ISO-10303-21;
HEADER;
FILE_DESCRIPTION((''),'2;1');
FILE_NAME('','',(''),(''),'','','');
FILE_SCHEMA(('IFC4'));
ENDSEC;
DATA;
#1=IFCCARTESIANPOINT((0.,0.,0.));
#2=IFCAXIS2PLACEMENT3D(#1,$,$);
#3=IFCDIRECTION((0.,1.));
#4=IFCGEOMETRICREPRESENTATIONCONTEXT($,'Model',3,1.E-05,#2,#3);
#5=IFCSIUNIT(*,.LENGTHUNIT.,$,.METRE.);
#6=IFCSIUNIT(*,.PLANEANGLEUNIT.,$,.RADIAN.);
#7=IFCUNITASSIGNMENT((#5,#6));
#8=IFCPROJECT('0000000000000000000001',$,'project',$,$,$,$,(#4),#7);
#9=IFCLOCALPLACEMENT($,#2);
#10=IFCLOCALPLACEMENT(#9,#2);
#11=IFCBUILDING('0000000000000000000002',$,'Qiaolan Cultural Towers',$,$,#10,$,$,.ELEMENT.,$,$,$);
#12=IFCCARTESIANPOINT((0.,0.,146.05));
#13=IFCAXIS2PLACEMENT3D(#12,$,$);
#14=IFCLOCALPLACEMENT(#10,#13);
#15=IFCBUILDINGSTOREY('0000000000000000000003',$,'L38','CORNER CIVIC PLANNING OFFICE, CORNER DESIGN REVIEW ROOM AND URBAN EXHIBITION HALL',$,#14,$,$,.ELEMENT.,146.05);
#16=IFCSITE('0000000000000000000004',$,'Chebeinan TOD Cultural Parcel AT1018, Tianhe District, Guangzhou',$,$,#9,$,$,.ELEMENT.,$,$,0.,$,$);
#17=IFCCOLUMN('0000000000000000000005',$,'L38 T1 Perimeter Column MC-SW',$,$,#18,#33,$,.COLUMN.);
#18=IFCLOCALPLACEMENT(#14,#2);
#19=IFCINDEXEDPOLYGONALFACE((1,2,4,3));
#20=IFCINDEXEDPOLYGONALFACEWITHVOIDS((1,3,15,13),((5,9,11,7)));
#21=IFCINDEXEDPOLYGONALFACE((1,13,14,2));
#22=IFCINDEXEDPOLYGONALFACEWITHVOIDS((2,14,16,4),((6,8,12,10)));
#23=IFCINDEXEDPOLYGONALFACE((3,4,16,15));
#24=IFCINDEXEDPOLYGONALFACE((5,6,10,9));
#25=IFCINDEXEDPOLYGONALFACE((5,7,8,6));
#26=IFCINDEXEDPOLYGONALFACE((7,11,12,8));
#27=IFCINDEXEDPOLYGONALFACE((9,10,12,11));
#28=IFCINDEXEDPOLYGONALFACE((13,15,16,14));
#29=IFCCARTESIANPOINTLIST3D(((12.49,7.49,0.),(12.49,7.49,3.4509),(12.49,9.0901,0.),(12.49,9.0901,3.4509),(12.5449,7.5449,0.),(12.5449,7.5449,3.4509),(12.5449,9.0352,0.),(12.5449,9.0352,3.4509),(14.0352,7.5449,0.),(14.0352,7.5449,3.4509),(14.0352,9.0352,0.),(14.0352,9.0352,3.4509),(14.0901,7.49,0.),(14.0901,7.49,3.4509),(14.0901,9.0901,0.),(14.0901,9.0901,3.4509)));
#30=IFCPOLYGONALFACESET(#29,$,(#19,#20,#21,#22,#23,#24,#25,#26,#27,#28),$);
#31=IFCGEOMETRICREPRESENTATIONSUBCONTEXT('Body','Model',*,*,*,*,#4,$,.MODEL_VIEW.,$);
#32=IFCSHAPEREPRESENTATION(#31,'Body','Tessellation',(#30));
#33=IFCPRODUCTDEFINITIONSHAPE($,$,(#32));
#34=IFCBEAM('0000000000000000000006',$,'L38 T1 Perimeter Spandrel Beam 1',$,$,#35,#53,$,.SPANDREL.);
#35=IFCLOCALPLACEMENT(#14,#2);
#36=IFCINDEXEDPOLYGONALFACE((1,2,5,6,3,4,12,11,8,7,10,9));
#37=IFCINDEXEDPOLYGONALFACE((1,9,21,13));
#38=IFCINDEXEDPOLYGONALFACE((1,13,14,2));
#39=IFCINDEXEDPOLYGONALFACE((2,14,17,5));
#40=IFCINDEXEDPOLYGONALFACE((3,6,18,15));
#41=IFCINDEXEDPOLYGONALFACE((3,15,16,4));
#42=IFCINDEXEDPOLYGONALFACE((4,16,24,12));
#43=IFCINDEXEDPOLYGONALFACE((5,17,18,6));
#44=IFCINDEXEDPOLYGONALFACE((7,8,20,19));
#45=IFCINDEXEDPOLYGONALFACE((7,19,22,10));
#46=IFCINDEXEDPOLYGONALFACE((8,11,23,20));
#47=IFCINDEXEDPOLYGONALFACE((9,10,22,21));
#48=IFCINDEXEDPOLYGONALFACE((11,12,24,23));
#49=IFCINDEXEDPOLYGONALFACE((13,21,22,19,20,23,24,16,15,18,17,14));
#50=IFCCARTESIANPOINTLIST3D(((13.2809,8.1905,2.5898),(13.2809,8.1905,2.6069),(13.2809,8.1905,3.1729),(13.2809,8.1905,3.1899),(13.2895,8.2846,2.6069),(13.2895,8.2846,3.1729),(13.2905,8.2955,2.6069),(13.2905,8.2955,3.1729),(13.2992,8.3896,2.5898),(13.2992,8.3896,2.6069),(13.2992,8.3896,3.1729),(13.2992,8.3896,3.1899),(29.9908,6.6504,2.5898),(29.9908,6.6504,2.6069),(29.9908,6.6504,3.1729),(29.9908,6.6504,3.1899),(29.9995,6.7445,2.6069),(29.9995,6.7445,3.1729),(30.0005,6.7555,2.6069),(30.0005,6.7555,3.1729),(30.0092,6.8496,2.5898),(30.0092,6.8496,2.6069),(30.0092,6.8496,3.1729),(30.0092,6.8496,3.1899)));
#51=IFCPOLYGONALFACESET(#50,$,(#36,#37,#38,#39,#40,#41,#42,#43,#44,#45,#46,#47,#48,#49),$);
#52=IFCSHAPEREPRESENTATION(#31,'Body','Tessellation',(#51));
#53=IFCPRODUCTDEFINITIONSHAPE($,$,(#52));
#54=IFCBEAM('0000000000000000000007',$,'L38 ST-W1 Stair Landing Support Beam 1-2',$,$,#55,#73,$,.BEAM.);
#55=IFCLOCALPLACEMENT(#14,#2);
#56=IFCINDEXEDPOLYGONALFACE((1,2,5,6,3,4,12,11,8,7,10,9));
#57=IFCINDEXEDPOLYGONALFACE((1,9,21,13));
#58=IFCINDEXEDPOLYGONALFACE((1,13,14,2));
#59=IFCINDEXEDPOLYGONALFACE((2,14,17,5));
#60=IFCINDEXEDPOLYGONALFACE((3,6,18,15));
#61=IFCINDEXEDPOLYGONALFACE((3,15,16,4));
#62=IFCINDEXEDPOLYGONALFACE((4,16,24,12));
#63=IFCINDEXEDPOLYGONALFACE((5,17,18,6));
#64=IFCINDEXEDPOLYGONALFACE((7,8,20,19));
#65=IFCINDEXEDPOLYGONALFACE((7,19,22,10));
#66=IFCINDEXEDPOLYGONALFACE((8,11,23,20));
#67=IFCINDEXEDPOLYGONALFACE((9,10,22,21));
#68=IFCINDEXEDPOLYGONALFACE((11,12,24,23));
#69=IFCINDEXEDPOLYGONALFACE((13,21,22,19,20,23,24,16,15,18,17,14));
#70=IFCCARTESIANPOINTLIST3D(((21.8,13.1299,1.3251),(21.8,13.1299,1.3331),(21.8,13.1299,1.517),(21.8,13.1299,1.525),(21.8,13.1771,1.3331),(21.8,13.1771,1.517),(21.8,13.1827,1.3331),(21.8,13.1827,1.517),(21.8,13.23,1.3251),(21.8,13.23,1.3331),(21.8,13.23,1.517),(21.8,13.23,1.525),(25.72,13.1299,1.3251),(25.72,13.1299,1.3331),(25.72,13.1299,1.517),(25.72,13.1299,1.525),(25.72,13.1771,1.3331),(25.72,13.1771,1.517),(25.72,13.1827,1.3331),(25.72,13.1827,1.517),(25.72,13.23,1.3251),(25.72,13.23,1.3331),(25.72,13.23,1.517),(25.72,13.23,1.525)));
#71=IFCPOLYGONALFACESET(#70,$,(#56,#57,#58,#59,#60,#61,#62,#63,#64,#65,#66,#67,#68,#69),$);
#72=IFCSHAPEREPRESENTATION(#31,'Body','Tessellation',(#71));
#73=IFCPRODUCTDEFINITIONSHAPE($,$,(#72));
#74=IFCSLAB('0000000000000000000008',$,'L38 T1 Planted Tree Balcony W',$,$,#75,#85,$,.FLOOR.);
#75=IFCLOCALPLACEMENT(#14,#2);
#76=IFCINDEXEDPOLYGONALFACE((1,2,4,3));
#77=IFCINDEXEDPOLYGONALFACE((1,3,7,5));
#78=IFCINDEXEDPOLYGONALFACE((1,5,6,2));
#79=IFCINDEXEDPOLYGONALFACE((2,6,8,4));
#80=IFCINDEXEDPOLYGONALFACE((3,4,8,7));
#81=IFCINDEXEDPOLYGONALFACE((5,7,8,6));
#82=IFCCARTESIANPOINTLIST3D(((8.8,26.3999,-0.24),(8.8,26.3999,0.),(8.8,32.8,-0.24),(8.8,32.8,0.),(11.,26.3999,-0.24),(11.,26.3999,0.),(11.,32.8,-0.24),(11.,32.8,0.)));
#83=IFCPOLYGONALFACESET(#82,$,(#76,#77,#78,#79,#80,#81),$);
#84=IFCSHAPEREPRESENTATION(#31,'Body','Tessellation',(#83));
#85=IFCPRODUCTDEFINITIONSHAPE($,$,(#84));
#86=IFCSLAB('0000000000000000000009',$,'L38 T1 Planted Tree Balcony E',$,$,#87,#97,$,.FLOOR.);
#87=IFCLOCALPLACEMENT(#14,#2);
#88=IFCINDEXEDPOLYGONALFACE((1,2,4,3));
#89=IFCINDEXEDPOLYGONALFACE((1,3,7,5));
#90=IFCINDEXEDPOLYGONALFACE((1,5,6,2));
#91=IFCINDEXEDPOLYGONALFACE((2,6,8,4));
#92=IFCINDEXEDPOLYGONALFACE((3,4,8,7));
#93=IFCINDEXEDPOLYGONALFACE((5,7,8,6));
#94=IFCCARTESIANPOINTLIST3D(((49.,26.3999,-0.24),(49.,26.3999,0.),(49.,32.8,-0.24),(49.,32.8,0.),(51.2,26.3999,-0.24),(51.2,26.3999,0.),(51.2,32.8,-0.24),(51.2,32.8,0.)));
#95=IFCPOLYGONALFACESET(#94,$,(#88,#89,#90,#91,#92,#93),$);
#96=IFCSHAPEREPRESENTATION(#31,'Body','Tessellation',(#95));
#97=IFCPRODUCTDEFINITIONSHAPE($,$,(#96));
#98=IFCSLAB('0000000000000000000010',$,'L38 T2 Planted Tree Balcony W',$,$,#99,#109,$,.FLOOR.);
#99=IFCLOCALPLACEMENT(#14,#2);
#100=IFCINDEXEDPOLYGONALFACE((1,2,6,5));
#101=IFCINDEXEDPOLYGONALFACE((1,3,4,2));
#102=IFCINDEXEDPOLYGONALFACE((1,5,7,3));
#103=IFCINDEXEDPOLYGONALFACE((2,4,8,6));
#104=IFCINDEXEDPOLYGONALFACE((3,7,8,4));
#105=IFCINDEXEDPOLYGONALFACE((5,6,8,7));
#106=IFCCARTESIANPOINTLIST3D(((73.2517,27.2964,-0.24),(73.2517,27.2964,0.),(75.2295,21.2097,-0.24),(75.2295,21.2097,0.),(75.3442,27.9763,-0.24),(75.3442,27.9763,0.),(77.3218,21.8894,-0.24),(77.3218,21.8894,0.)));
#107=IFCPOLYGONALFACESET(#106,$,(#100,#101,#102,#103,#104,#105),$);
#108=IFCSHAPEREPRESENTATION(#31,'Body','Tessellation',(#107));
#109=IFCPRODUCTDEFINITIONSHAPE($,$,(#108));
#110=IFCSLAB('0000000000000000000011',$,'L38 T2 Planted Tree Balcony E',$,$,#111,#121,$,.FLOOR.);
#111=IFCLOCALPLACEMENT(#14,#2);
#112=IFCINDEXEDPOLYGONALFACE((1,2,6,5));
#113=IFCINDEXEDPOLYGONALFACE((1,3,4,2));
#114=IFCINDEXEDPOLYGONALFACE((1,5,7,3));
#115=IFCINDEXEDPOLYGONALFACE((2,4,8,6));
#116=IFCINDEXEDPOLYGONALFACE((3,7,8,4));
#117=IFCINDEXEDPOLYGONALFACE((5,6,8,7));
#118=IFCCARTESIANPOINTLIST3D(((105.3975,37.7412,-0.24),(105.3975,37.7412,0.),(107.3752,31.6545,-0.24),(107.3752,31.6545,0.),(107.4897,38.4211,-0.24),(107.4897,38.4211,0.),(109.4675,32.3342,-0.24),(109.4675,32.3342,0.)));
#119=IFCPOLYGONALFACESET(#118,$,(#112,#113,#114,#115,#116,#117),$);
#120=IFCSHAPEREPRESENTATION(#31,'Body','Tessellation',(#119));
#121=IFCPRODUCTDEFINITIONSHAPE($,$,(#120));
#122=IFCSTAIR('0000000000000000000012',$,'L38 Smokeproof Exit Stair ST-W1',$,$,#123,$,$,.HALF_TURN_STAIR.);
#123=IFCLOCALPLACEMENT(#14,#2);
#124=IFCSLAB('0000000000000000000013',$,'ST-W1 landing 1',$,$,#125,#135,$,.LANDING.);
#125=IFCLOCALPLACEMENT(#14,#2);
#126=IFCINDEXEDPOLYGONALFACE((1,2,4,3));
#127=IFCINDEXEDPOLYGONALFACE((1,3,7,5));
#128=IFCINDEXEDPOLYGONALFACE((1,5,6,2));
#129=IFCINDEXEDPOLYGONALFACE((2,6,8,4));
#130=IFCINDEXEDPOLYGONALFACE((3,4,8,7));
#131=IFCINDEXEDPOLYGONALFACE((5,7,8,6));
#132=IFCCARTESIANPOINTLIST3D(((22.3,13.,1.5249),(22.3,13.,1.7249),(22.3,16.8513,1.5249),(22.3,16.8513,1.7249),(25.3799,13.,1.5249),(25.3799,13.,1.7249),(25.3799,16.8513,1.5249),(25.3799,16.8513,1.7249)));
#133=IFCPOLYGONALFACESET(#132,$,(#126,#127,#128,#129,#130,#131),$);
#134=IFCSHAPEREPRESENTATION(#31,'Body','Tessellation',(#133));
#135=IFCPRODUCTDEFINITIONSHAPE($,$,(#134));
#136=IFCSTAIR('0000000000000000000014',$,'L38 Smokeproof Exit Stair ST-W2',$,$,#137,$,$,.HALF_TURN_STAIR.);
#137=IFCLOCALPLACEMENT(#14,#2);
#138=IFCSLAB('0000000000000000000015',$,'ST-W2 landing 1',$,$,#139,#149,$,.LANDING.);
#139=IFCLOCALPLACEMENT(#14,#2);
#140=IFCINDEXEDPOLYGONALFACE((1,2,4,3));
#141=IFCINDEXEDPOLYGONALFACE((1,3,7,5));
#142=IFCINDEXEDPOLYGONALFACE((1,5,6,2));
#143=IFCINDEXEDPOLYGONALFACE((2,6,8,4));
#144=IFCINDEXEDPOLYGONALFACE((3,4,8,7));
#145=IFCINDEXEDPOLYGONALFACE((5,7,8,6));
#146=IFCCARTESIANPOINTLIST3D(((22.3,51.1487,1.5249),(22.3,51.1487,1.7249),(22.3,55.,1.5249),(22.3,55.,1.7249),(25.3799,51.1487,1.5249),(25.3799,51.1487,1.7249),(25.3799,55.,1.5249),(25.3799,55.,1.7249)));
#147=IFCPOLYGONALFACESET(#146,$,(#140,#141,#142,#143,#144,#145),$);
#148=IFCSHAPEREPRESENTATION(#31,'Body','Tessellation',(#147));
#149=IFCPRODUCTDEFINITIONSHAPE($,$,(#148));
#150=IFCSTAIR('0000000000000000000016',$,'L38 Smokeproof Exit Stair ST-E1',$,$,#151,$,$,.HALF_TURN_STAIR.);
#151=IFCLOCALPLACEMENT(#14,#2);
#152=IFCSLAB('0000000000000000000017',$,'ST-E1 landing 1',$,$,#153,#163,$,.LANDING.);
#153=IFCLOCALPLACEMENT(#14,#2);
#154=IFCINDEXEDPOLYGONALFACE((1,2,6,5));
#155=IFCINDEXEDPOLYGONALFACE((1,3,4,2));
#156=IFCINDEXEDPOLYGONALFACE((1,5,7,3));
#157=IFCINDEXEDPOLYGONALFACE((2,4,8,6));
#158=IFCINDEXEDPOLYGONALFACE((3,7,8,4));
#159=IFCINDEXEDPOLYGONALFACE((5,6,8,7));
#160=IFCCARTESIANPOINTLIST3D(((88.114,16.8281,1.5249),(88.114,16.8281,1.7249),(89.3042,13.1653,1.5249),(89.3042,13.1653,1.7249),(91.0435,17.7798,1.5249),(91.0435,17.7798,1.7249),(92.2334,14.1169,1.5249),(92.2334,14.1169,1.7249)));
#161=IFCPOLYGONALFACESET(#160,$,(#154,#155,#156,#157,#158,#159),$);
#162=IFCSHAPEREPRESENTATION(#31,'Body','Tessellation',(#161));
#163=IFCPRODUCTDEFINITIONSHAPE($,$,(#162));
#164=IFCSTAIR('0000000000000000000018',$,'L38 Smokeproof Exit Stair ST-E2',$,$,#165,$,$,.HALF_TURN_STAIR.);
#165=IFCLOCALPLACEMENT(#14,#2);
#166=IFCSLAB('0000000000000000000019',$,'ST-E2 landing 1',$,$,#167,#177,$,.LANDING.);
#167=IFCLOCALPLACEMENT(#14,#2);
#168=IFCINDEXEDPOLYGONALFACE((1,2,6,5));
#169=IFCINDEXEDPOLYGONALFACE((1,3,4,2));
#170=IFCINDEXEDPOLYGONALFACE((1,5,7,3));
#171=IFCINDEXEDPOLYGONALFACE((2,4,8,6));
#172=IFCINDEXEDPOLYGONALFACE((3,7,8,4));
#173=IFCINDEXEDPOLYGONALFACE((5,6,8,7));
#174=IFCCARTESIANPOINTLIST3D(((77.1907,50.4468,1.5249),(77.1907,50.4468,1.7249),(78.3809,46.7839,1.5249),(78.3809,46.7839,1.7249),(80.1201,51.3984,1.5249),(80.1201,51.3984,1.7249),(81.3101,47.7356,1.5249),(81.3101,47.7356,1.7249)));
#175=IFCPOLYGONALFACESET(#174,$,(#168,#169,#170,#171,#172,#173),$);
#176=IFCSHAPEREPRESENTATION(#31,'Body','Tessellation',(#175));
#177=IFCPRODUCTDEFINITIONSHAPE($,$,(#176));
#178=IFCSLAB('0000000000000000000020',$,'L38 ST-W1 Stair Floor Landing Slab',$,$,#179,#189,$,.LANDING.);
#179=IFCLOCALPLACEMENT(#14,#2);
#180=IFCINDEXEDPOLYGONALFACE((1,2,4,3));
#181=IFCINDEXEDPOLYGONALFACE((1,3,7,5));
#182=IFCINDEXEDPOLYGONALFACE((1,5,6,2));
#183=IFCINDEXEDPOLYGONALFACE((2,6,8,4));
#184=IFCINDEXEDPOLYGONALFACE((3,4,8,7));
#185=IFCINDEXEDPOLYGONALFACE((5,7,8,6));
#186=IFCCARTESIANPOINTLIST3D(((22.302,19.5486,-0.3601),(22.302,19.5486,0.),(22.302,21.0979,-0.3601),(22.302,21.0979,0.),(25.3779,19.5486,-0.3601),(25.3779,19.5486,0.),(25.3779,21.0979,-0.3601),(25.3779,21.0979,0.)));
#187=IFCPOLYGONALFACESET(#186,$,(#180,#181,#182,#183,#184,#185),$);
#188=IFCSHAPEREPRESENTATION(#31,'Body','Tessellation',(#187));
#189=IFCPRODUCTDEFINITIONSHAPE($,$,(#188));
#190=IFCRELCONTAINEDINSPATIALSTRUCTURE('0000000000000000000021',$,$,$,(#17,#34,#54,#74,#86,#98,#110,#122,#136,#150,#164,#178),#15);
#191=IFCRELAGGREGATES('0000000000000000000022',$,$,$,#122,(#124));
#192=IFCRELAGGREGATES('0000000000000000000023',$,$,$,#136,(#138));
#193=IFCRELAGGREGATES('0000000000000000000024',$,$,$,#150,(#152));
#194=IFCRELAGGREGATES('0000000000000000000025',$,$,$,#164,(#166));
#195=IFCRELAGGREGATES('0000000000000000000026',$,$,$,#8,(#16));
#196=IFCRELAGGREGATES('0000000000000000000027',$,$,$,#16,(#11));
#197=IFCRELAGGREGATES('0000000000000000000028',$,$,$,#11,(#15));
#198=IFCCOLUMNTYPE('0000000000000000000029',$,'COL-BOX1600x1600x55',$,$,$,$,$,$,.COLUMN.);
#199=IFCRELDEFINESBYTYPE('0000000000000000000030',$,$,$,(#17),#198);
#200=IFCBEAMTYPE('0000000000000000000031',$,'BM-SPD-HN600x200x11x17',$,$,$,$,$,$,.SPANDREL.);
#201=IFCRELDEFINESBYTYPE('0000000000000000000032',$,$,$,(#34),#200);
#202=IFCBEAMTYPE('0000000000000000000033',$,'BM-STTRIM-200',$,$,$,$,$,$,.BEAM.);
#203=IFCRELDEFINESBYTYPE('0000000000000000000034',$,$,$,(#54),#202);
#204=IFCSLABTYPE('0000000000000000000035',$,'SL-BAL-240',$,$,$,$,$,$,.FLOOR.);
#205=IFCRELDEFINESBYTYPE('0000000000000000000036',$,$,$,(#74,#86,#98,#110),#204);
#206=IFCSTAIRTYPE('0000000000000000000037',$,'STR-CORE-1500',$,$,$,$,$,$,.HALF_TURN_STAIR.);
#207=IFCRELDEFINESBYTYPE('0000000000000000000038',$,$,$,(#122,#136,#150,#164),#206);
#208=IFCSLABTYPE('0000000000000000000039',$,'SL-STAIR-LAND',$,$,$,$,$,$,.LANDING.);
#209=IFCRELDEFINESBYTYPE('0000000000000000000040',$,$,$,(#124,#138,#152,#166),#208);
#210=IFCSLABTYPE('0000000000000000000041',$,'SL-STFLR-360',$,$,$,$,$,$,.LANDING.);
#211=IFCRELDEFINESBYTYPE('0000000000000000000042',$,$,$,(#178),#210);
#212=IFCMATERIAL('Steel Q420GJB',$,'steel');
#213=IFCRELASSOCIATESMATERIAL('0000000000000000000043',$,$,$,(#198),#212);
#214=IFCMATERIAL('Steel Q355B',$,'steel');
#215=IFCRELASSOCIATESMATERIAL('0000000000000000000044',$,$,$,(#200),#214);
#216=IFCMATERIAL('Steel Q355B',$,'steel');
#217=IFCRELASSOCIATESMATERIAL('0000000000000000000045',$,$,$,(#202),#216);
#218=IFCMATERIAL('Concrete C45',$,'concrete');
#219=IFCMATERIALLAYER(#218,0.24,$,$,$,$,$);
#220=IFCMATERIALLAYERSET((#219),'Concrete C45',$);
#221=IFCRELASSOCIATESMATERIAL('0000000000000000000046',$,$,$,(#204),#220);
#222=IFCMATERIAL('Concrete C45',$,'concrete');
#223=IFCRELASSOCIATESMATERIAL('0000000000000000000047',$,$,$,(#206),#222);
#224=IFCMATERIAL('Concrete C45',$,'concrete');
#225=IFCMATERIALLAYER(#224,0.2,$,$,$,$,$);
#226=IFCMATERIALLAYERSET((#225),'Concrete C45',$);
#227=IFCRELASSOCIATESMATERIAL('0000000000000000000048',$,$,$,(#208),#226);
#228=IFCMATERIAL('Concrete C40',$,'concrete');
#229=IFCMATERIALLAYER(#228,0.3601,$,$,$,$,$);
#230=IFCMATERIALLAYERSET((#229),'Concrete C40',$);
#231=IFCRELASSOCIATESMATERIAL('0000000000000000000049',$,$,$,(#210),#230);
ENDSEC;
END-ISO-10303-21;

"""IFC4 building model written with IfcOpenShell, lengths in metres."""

from ifc_helpers import new_model, si_unit, direction, frame, origin, origin_2d, place, context, subcontext, project, spatial, polyline, hollow_rectangle, i_section, outline, extrude, material, layer, layer_set, material_profile, profile_set, type_object, element, aggregate, save


model = new_model("IFC4")

# Units and contexts
model_context = context("Model", 3, precision=1e-05, world=origin(), true_north=direction((0.0, 1.0)))
body_context = subcontext(model_context, "Body", "Model", "MODEL_VIEW")
ifc_project = project(units=[si_unit("LENGTHUNIT", "METRE"), si_unit("PLANEANGLEUNIT", "RADIAN")], contexts=[model_context])

# Site, building, storey
site_placement = place(None, origin())
site = spatial("IfcSite", under=ifc_project, at=site_placement, Name="Chebeinan TOD Cultural Parcel AT1018, Tianhe District, Guangzhou", CompositionType="ELEMENT", RefElevation=0.0)
building_placement = place(site_placement, origin())
building = spatial("IfcBuilding", under=site, at=building_placement, Name="Qiaolan Cultural Towers", CompositionType="ELEMENT")
storey_placement = place(building_placement, frame((0.0, 0.0, 146.05)))
storey = spatial("IfcBuildingStorey", under=building, at=storey_placement, Name="L38", Description="CORNER CIVIC PLANNING OFFICE, CORNER DESIGN REVIEW ROOM AND URBAN EXHIBITION HALL", CompositionType="ELEMENT", Elevation=146.05)

# Column
ifc_material_1 = material(Name="Steel Q420GJB", Category="steel")
ifc_material_profile_1 = material_profile(ifc_material_1, hollow_rectangle(XDim=1.6001, YDim=1.6001, WallThickness=0.0549, at=origin_2d()), Name="BOX1600x1600x55")
ifc_profile_set_1 = profile_set([ifc_material_profile_1], Name="Steel Q420GJB")
column_type = type_object("IfcColumnType", Name="COL-BOX1600x1600x55", PredefinedType="COLUMN", material=ifc_profile_set_1)
column_placement = place(storey_placement, frame((13.29, 8.29, 0.0), z_axis=(0.0, 0.0, 1.0), x_axis=(1.0, 0.0, 0.0)))
element("IfcColumn", 1, at=column_placement, inside=storey, type_object=column_type, Name="L38 T1 Perimeter Column MC-SW", PredefinedType="COLUMN", context=body_context, shape_type="SweptSolid", body=[
    extrude(hollow_rectangle(XDim=1.6001, YDim=1.6001, WallThickness=0.0549, at=origin_2d()), origin(), (0.0, 0.0, 1.0), 3.4509),
])

# Beams
ifc_material_2 = material(Name="Steel Q355B", Category="steel")
ifc_material_profile_2 = material_profile(ifc_material_2, i_section(OverallWidth=0.2, OverallDepth=0.6001, WebThickness=0.011, FlangeThickness=0.0171, at=origin_2d()), Name="HN600x200x11x17")
ifc_profile_set_2 = profile_set([ifc_material_profile_2], Name="Steel Q355B")
beam_type_1 = type_object("IfcBeamType", Name="BM-SPD-HN600x200x11x17", PredefinedType="SPANDREL", material=ifc_profile_set_2)
beam_1_placement = place(storey_placement, frame((13.29, 8.29, 2.8899), z_axis=(0.99578, -0.091774, 0.0), x_axis=(0.091774, 0.99578, 0.0)))
element("IfcBeam", 2, at=beam_1_placement, inside=storey, type_object=beam_type_1, Name="L38 T1 Perimeter Spandrel Beam 1", PredefinedType="SPANDREL", context=body_context, shape_type="SweptSolid", body=[
    extrude(i_section(OverallWidth=0.2, OverallDepth=0.6001, WebThickness=0.011, FlangeThickness=0.0171, at=origin_2d()), origin(), (0.0, 0.0, 1.0), 16.7808),
])
ifc_material_3 = material(Name="Steel Q355B", Category="steel")
ifc_material_profile_3 = material_profile(ifc_material_3, i_section(OverallWidth=0.1001, OverallDepth=0.2, WebThickness=0.0056, FlangeThickness=0.0081, at=origin_2d()), Name="HN200x100x5.5x8")
ifc_profile_set_3 = profile_set([ifc_material_profile_3], Name="Steel Q355B")
beam_type_2 = type_object("IfcBeamType", Name="BM-STTRIM-200", PredefinedType="BEAM", material=ifc_profile_set_3)
beam_2_placement = place(storey_placement, frame((21.8, 13.1799, 1.425), z_axis=(1.0, 0.0, 0.0), x_axis=(0.0, 1.0, 0.0)))
element("IfcBeam", 3, at=beam_2_placement, inside=storey, type_object=beam_type_2, Name="L38 ST-W1 Stair Landing Support Beam 1-2", PredefinedType="BEAM", context=body_context, shape_type="SweptSolid", body=[
    extrude(i_section(OverallWidth=0.1001, OverallDepth=0.2, WebThickness=0.0056, FlangeThickness=0.0081, at=origin_2d()), origin(), (0.0, 0.0, 1.0), 3.9199),
])

# Slabs
ifc_material_4 = material(Name="Concrete C45", Category="concrete")
ifc_layer_1 = layer(ifc_material_4, 0.24)
ifc_layer_set_1 = layer_set([ifc_layer_1], Name="Concrete C45")
slab_type_1 = type_object("IfcSlabType", Name="SL-BAL-240", PredefinedType="FLOOR", material=ifc_layer_set_1)
slab_1_placement = place(storey_placement, frame((0.0, 0.0, -0.24)))
element("IfcSlab", 4, at=slab_1_placement, inside=storey, type_object=slab_type_1, Name="L38 T1 Planted Tree Balcony W", PredefinedType="FLOOR", context=body_context, shape_type="SweptSolid", body=[
    extrude(outline(polyline([(8.8, 26.3999), (11.0, 26.3999), (11.0, 32.8), (8.8, 32.8), (8.8, 26.3999)])), origin(), (0.0, 0.0, 1.0), 0.24),
])
slab_2_placement = place(storey_placement, frame((0.0, 0.0, -0.24)))
element("IfcSlab", 5, at=slab_2_placement, inside=storey, type_object=slab_type_1, Name="L38 T1 Planted Tree Balcony E", PredefinedType="FLOOR", context=body_context, shape_type="SweptSolid", body=[
    extrude(outline(polyline([(49.0, 26.3999), (51.2, 26.3999), (51.2, 32.8), (49.0, 32.8), (49.0, 26.3999)])), origin(), (0.0, 0.0, 1.0), 0.24),
])
slab_3_placement = place(storey_placement, frame((0.0, 0.0, -0.24)))
element("IfcSlab", 6, at=slab_3_placement, inside=storey, type_object=slab_type_1, Name="L38 T2 Planted Tree Balcony W", PredefinedType="FLOOR", context=body_context, shape_type="SweptSolid", body=[
    extrude(outline(polyline([(75.2295, 21.2097), (77.3218, 21.8894), (75.3442, 27.9763), (73.2517, 27.2964), (75.2295, 21.2097)])), origin(), (0.0, 0.0, 1.0), 0.24),
])
slab_4_placement = place(storey_placement, frame((0.0, 0.0, -0.24)))
element("IfcSlab", 7, at=slab_4_placement, inside=storey, type_object=slab_type_1, Name="L38 T2 Planted Tree Balcony E", PredefinedType="FLOOR", context=body_context, shape_type="SweptSolid", body=[
    extrude(outline(polyline([(107.3752, 31.6545), (109.4675, 32.3342), (107.4897, 38.4211), (105.3975, 37.7412), (107.3752, 31.6545)])), origin(), (0.0, 0.0, 1.0), 0.24),
])

# Stairs, slabs
ifc_material_5 = material(Name="Concrete C45", Category="concrete")
stair_type = type_object("IfcStairType", Name="STR-CORE-1500", PredefinedType="HALF_TURN_STAIR", material=ifc_material_5)
stair_1_placement = place(storey_placement, origin())
stair_1 = element("IfcStair", 8, at=stair_1_placement, inside=storey, type_object=stair_type, Name="L38 Smokeproof Exit Stair ST-W1", PredefinedType="HALF_TURN_STAIR")
ifc_material_6 = material(Name="Concrete C45", Category="concrete")
ifc_layer_2 = layer(ifc_material_6, 0.2)
ifc_layer_set_2 = layer_set([ifc_layer_2], Name="Concrete C45")
slab_type_2 = type_object("IfcSlabType", Name="SL-STAIR-LAND", PredefinedType="LANDING", material=ifc_layer_set_2)
slab_5_placement = place(storey_placement, frame((0.0, 0.0, 1.5249)))
slab_5 = element("IfcSlab", 9, at=slab_5_placement, type_object=slab_type_2, Name="ST-W1 landing 1", PredefinedType="LANDING", context=body_context, shape_type="SweptSolid", body=[
    extrude(outline(polyline([(22.3, 16.8513), (22.3, 13.0), (25.3799, 13.0), (25.3799, 16.8513), (22.3, 16.8513)])), origin(), (0.0, 0.0, 1.0), 0.2),
])
aggregate(stair_1, [slab_5])
stair_2_placement = place(storey_placement, origin())
stair_2 = element("IfcStair", 10, at=stair_2_placement, inside=storey, type_object=stair_type, Name="L38 Smokeproof Exit Stair ST-W2", PredefinedType="HALF_TURN_STAIR")
slab_6_placement = place(storey_placement, frame((0.0, 0.0, 1.5249)))
slab_6 = element("IfcSlab", 11, at=slab_6_placement, type_object=slab_type_2, Name="ST-W2 landing 1", PredefinedType="LANDING", context=body_context, shape_type="SweptSolid", body=[
    extrude(outline(polyline([(25.3799, 51.1487), (25.3799, 55.0), (22.3, 55.0), (22.3, 51.1487), (25.3799, 51.1487)])), origin(), (0.0, 0.0, 1.0), 0.2),
])
aggregate(stair_2, [slab_6])
stair_3_placement = place(storey_placement, origin())
stair_3 = element("IfcStair", 12, at=stair_3_placement, inside=storey, type_object=stair_type, Name="L38 Smokeproof Exit Stair ST-E1", PredefinedType="HALF_TURN_STAIR")
slab_7_placement = place(storey_placement, frame((0.0, 0.0, 1.5249)))
slab_7 = element("IfcSlab", 13, at=slab_7_placement, type_object=slab_type_2, Name="ST-E1 landing 1", PredefinedType="LANDING", context=body_context, shape_type="SweptSolid", body=[
    extrude(outline(polyline([(88.114, 16.8281), (89.3042, 13.1653), (92.2334, 14.1169), (91.0435, 17.7798), (88.114, 16.8281)])), origin(), (0.0, 0.0, 1.0), 0.2),
])
aggregate(stair_3, [slab_7])
stair_4_placement = place(storey_placement, origin())
stair_4 = element("IfcStair", 14, at=stair_4_placement, inside=storey, type_object=stair_type, Name="L38 Smokeproof Exit Stair ST-E2", PredefinedType="HALF_TURN_STAIR")
slab_8_placement = place(storey_placement, frame((0.0, 0.0, 1.5249)))
slab_8 = element("IfcSlab", 15, at=slab_8_placement, type_object=slab_type_2, Name="ST-E2 landing 1", PredefinedType="LANDING", context=body_context, shape_type="SweptSolid", body=[
    extrude(outline(polyline([(81.3101, 47.7356), (80.1201, 51.3984), (77.1907, 50.4468), (78.3809, 46.7839), (81.3101, 47.7356)])), origin(), (0.0, 0.0, 1.0), 0.2),
])
aggregate(stair_4, [slab_8])

# Slab
ifc_material_7 = material(Name="Concrete C40", Category="concrete")
ifc_layer_3 = layer(ifc_material_7, 0.3601)
ifc_layer_set_3 = layer_set([ifc_layer_3], Name="Concrete C40")
slab_type_3 = type_object("IfcSlabType", Name="SL-STFLR-360", PredefinedType="LANDING", material=ifc_layer_set_3)
slab_9_placement = place(storey_placement, frame((0.0, 0.0, -0.3601)))
element("IfcSlab", 16, at=slab_9_placement, inside=storey, type_object=slab_type_3, Name="L38 ST-W1 Stair Floor Landing Slab", PredefinedType="LANDING", context=body_context, shape_type="SweptSolid", body=[
    extrude(outline(polyline([(22.302, 21.0979), (22.302, 19.5486), (25.3779, 19.5486), (25.3779, 21.0979), (22.302, 21.0979)])), origin(), (0.0, 0.0, 1.0), 0.3601),
])

save(model, "model.ifc")
